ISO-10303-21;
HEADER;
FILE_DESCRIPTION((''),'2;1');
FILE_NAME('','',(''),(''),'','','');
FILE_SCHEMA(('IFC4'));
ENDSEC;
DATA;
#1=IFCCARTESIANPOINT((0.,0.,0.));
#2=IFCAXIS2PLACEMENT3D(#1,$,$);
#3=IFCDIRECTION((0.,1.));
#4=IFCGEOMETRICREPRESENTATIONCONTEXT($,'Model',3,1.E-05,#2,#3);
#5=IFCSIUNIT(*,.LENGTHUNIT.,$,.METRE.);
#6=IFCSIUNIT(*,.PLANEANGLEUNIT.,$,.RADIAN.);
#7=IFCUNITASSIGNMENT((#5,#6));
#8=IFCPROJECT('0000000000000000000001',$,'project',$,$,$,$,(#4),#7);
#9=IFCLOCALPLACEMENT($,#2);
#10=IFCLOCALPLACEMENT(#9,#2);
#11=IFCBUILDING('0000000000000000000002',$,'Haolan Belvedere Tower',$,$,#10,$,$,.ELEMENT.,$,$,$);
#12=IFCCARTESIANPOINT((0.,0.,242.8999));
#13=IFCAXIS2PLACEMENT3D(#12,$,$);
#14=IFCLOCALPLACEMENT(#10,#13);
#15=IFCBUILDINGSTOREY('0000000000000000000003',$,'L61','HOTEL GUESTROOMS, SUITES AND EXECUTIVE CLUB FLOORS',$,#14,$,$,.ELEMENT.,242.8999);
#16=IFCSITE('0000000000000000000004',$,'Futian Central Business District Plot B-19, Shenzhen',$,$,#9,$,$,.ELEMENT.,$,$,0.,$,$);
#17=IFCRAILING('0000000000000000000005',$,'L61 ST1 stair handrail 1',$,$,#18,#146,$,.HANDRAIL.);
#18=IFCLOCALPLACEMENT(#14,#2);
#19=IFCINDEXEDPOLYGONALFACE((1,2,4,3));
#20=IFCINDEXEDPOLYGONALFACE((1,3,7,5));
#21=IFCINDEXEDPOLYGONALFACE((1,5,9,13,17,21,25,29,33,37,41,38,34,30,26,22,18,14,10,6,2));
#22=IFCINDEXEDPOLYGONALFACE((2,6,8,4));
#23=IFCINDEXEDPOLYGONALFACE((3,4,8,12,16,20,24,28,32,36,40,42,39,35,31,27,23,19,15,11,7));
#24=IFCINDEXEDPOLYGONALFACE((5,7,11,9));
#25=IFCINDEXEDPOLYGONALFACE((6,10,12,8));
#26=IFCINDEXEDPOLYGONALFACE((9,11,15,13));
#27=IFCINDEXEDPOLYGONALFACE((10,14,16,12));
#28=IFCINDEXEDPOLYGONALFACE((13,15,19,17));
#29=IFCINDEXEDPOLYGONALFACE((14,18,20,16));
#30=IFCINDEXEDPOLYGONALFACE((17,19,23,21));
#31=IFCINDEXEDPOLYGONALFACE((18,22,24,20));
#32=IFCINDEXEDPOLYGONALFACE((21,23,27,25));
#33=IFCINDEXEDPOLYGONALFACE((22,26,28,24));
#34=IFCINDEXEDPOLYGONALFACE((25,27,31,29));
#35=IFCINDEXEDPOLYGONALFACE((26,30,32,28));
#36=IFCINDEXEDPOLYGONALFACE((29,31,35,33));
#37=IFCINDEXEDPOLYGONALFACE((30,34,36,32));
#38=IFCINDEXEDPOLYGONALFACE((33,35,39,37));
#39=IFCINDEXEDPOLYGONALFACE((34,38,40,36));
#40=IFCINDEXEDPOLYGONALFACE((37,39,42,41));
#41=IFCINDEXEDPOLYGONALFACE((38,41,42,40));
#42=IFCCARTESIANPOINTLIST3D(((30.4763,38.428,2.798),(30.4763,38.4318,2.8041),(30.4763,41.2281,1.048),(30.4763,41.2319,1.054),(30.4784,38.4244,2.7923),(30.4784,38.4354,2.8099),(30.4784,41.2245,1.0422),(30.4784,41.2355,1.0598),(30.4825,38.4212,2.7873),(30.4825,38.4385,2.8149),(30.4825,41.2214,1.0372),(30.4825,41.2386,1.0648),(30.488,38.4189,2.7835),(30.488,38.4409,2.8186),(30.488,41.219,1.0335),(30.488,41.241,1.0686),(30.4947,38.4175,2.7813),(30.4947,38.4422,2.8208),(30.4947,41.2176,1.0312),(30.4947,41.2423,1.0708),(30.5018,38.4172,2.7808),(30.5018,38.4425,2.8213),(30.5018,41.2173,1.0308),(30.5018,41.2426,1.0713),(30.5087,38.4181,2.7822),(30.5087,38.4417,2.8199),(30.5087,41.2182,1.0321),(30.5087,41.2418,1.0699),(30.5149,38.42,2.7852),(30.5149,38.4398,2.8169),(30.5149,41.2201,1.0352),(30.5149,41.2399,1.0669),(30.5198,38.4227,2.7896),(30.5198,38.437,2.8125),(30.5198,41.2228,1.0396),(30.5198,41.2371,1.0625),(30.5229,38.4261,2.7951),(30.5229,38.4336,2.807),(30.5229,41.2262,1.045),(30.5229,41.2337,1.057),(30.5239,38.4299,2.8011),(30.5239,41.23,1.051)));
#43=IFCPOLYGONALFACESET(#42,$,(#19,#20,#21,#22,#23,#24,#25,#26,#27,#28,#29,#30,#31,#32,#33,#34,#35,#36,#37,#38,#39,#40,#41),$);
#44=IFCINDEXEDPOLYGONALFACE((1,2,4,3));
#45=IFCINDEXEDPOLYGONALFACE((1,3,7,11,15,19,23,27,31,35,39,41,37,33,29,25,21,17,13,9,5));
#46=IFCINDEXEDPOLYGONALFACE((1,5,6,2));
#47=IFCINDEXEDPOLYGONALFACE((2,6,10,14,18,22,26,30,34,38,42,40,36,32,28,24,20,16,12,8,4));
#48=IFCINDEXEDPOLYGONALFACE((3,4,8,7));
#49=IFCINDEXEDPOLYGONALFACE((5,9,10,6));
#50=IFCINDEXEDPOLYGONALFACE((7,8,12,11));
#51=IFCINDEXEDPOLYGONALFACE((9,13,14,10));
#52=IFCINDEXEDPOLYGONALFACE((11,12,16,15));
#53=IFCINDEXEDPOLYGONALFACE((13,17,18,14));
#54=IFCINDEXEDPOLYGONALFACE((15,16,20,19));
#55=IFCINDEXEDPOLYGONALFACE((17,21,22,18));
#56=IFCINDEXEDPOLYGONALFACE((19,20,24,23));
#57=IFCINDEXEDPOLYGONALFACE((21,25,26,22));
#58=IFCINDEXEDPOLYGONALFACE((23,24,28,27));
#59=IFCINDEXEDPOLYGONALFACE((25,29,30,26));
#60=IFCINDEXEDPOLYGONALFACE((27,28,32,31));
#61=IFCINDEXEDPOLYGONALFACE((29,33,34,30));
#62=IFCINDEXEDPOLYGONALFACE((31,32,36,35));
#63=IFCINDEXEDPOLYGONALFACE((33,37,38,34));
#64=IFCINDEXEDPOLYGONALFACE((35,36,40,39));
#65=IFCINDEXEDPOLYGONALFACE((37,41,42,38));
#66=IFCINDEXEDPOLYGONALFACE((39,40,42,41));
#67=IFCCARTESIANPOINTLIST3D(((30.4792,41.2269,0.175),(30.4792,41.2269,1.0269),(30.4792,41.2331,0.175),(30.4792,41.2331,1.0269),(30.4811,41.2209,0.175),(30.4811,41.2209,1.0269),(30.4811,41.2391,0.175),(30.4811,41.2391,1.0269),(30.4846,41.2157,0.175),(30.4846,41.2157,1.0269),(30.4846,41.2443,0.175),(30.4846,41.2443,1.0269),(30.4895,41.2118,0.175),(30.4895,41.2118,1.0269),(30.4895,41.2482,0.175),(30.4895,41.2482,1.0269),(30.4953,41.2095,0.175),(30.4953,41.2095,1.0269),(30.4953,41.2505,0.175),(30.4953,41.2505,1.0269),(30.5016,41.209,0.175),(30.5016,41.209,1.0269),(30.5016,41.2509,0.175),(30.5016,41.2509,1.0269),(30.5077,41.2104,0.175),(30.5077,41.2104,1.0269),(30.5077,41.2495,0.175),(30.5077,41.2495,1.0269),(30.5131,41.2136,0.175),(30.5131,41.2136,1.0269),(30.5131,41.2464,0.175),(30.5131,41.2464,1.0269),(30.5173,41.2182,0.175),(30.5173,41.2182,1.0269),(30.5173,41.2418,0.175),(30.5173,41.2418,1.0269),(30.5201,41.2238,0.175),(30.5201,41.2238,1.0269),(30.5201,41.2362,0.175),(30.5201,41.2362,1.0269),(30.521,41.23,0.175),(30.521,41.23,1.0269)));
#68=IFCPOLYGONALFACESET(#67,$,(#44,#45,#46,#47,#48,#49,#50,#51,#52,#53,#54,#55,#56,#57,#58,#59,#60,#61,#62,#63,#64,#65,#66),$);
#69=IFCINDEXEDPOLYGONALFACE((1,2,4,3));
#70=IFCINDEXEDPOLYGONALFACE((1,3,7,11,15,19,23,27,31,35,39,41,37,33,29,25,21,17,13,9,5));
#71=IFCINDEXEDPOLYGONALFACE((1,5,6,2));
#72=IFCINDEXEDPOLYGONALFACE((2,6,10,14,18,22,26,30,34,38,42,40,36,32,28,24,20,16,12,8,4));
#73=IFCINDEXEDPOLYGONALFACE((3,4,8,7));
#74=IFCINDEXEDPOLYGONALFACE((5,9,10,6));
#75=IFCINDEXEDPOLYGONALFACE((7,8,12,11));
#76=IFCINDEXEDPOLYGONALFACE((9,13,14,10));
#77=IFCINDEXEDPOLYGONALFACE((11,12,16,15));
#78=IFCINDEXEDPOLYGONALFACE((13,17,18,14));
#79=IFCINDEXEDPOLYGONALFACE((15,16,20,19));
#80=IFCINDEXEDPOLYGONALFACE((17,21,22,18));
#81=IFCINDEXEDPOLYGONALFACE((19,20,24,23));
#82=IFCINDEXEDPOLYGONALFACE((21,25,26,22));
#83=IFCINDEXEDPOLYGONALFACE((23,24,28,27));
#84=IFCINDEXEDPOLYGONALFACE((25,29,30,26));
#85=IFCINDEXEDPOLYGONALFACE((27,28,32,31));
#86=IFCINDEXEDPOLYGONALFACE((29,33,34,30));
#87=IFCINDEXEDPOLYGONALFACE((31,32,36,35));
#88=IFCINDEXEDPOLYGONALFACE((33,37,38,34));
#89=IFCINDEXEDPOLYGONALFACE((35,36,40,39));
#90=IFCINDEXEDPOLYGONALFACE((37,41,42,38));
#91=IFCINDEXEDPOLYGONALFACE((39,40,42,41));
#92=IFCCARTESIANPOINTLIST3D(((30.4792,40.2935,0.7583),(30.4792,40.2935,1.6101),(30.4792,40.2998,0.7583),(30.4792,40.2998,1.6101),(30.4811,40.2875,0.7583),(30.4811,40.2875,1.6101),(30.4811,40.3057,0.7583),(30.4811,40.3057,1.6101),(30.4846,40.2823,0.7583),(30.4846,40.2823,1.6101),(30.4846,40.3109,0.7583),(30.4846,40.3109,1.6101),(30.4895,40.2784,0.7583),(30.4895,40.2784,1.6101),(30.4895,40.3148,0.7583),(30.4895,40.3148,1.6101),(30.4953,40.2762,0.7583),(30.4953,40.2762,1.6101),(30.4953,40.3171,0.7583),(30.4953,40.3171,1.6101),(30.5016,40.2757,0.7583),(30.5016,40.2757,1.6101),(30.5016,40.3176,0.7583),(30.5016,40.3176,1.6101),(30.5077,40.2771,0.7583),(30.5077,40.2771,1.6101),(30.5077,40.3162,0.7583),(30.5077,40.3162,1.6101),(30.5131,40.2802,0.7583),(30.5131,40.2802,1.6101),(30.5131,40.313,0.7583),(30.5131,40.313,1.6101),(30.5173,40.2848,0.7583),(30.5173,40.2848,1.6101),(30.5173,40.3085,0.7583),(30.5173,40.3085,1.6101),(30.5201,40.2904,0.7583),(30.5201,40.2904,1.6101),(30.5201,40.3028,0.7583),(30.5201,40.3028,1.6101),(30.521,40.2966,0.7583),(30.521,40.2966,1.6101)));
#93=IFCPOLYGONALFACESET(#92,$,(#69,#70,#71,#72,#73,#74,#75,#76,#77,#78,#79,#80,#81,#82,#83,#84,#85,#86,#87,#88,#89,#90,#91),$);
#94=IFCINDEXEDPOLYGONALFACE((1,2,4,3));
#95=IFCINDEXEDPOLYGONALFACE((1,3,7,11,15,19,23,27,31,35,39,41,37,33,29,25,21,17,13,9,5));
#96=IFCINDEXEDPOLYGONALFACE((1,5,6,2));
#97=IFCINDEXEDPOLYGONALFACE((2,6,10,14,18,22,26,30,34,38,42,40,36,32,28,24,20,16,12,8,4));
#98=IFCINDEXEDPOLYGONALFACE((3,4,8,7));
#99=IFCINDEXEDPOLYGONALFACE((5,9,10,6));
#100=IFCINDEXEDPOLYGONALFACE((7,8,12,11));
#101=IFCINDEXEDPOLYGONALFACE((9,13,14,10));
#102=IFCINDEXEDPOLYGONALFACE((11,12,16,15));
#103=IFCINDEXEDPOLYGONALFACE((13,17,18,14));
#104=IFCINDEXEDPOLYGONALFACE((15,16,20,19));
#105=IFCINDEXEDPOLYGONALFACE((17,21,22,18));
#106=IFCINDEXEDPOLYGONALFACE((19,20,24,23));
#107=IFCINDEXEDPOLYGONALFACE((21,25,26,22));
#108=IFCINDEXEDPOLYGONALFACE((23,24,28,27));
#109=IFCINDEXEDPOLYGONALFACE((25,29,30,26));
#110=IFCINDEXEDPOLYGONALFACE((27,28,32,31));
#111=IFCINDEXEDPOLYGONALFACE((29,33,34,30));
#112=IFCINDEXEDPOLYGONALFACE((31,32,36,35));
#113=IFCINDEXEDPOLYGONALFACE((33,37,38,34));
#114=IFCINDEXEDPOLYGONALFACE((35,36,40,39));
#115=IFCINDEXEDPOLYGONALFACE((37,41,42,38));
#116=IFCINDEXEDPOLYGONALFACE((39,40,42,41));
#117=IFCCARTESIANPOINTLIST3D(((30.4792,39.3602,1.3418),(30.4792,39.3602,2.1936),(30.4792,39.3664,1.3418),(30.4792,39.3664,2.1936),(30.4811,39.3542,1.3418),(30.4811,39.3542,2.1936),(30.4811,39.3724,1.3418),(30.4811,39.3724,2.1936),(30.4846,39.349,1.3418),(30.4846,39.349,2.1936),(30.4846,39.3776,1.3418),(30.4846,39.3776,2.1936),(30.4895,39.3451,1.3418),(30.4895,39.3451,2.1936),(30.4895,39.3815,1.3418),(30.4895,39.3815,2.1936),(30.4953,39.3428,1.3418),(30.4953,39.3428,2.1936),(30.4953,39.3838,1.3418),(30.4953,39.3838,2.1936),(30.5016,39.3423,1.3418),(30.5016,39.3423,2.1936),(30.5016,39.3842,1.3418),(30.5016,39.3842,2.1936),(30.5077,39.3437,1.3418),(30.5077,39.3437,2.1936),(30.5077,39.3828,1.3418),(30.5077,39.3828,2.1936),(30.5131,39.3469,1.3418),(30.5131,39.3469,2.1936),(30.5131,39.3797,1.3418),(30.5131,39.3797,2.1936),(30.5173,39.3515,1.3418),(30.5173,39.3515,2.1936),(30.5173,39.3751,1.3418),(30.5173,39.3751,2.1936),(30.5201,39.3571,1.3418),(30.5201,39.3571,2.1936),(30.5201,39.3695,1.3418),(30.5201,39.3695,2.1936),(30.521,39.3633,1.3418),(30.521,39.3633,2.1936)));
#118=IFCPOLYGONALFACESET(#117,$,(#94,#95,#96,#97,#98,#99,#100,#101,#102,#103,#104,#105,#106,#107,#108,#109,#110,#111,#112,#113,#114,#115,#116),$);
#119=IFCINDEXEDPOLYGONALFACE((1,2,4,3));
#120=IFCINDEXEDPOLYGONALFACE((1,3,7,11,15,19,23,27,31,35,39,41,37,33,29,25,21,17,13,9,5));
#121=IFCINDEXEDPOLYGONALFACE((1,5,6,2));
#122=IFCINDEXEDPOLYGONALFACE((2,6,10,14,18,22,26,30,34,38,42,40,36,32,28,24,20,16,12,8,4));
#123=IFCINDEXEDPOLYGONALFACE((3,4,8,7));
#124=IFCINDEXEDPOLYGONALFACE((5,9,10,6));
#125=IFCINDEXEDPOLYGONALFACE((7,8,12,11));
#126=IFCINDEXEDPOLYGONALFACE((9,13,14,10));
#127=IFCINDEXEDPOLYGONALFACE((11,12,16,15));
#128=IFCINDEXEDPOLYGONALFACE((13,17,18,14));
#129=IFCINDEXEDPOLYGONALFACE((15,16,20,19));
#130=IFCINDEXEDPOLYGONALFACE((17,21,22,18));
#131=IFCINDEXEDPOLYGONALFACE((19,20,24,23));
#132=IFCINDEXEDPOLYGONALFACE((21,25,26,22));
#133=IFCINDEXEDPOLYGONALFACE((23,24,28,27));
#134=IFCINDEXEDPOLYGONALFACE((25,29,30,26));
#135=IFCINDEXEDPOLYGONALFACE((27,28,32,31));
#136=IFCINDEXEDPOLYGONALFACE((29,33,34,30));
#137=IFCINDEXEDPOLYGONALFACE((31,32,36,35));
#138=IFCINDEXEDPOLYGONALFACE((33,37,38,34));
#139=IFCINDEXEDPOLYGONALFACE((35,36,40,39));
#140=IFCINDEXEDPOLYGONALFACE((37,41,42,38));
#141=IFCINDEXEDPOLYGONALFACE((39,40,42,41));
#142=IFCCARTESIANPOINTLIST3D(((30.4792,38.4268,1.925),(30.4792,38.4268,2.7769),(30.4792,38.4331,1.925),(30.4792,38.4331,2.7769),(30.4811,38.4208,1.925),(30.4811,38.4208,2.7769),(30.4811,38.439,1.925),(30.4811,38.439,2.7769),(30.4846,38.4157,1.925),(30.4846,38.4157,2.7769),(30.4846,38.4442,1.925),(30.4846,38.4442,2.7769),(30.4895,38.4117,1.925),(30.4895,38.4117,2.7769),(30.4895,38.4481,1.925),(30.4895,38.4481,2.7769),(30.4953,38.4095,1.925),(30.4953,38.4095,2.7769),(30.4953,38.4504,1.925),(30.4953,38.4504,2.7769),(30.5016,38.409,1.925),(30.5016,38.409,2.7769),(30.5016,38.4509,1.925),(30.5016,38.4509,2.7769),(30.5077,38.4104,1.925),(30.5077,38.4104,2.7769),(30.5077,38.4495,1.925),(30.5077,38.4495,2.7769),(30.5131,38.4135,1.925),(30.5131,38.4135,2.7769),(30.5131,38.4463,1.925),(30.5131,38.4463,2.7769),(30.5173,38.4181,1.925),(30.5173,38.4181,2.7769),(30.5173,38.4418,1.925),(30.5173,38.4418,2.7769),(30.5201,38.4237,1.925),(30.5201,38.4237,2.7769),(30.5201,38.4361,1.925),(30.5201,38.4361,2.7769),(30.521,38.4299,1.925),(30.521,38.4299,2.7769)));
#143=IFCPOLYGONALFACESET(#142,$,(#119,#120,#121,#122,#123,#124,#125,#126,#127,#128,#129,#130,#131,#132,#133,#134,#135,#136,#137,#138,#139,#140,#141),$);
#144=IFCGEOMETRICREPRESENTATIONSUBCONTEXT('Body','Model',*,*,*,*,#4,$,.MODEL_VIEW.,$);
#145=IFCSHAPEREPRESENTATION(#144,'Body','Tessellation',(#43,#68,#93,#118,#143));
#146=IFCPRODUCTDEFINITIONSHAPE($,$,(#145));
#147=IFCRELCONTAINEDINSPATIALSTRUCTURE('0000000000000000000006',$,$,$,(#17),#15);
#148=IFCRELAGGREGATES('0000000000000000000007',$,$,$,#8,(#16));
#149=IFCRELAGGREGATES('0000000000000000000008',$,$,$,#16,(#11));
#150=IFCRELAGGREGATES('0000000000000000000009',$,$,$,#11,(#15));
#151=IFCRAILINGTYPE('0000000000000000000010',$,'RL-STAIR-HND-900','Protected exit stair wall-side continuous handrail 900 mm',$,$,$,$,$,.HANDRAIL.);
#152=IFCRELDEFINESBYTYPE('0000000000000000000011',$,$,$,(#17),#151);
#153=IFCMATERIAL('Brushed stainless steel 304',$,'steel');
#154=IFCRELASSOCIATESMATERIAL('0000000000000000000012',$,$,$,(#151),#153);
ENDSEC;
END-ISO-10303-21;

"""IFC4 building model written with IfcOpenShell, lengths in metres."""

from ifc_helpers import new_model, si_unit, direction, frame, origin, origin_2d, place, context, subcontext, project, spatial, circle, extrude, material, type_object, element, save


model = new_model("IFC4")

# Units and contexts
model_context = context("Model", 3, precision=1e-05, world=origin(), true_north=direction((0.0, 1.0)))
body_context = subcontext(model_context, "Body", "Model", "MODEL_VIEW")
ifc_project = project(units=[si_unit("LENGTHUNIT", "METRE"), si_unit("PLANEANGLEUNIT", "RADIAN")], contexts=[model_context])

# Site, building, storey
site_placement = place(None, origin())
site = spatial("IfcSite", under=ifc_project, at=site_placement, Name="Futian Central Business District Plot B-19, Shenzhen", CompositionType="ELEMENT", RefElevation=0.0)
building_placement = place(site_placement, origin())
building = spatial("IfcBuilding", under=site, at=building_placement, Name="Haolan Belvedere Tower", CompositionType="ELEMENT")
storey_placement = place(building_placement, frame((0.0, 0.0, 242.8999)))
storey = spatial("IfcBuildingStorey", under=building, at=storey_placement, Name="L61", Description="HOTEL GUESTROOMS, SUITES AND EXECUTIVE CLUB FLOORS", CompositionType="ELEMENT", Elevation=242.8999)

# Railing
ifc_material_1 = material(Name="Brushed stainless steel 304", Category="steel")
railing_type_1 = type_object("IfcRailingType", Name="RL-STAIR-HND-900", Description="Protected exit stair wall-side continuous handrail 900 mm", PredefinedType="HANDRAIL", material=ifc_material_1)
railing_1_placement = place(storey_placement, frame((30.5, 41.23, 0.175)))
element("IfcRailing", 1, at=railing_1_placement, inside=storey, type_object=railing_type_1, Name="L61 ST1 stair handrail 1", PredefinedType="HANDRAIL", context=body_context, shape_type="SweptSolid", body=[
    extrude(circle(Radius=0.0239, at=origin_2d()), frame((0.0, 0.0, 0.876), z_axis=(0.0, -0.848002, 0.529992), x_axis=(1.0, 0.0, 0.0)), (0.0, 0.0, 1.0), 3.302),
    extrude(circle(Radius=0.021, at=origin_2d()), origin(), (0.0, 0.0, 1.0), 0.8518),
    extrude(circle(Radius=0.021, at=origin_2d()), frame((0.0, -0.9333, 0.5833)), (0.0, 0.0, 1.0), 0.8518),
    extrude(circle(Radius=0.021, at=origin_2d()), frame((0.0, -1.8667, 1.1667)), (0.0, 0.0, 1.0), 0.8518),
    extrude(circle(Radius=0.021, at=origin_2d()), frame((0.0, -2.8, 1.75)), (0.0, 0.0, 1.0), 0.8518),
])

save(model, "model.ifc")
